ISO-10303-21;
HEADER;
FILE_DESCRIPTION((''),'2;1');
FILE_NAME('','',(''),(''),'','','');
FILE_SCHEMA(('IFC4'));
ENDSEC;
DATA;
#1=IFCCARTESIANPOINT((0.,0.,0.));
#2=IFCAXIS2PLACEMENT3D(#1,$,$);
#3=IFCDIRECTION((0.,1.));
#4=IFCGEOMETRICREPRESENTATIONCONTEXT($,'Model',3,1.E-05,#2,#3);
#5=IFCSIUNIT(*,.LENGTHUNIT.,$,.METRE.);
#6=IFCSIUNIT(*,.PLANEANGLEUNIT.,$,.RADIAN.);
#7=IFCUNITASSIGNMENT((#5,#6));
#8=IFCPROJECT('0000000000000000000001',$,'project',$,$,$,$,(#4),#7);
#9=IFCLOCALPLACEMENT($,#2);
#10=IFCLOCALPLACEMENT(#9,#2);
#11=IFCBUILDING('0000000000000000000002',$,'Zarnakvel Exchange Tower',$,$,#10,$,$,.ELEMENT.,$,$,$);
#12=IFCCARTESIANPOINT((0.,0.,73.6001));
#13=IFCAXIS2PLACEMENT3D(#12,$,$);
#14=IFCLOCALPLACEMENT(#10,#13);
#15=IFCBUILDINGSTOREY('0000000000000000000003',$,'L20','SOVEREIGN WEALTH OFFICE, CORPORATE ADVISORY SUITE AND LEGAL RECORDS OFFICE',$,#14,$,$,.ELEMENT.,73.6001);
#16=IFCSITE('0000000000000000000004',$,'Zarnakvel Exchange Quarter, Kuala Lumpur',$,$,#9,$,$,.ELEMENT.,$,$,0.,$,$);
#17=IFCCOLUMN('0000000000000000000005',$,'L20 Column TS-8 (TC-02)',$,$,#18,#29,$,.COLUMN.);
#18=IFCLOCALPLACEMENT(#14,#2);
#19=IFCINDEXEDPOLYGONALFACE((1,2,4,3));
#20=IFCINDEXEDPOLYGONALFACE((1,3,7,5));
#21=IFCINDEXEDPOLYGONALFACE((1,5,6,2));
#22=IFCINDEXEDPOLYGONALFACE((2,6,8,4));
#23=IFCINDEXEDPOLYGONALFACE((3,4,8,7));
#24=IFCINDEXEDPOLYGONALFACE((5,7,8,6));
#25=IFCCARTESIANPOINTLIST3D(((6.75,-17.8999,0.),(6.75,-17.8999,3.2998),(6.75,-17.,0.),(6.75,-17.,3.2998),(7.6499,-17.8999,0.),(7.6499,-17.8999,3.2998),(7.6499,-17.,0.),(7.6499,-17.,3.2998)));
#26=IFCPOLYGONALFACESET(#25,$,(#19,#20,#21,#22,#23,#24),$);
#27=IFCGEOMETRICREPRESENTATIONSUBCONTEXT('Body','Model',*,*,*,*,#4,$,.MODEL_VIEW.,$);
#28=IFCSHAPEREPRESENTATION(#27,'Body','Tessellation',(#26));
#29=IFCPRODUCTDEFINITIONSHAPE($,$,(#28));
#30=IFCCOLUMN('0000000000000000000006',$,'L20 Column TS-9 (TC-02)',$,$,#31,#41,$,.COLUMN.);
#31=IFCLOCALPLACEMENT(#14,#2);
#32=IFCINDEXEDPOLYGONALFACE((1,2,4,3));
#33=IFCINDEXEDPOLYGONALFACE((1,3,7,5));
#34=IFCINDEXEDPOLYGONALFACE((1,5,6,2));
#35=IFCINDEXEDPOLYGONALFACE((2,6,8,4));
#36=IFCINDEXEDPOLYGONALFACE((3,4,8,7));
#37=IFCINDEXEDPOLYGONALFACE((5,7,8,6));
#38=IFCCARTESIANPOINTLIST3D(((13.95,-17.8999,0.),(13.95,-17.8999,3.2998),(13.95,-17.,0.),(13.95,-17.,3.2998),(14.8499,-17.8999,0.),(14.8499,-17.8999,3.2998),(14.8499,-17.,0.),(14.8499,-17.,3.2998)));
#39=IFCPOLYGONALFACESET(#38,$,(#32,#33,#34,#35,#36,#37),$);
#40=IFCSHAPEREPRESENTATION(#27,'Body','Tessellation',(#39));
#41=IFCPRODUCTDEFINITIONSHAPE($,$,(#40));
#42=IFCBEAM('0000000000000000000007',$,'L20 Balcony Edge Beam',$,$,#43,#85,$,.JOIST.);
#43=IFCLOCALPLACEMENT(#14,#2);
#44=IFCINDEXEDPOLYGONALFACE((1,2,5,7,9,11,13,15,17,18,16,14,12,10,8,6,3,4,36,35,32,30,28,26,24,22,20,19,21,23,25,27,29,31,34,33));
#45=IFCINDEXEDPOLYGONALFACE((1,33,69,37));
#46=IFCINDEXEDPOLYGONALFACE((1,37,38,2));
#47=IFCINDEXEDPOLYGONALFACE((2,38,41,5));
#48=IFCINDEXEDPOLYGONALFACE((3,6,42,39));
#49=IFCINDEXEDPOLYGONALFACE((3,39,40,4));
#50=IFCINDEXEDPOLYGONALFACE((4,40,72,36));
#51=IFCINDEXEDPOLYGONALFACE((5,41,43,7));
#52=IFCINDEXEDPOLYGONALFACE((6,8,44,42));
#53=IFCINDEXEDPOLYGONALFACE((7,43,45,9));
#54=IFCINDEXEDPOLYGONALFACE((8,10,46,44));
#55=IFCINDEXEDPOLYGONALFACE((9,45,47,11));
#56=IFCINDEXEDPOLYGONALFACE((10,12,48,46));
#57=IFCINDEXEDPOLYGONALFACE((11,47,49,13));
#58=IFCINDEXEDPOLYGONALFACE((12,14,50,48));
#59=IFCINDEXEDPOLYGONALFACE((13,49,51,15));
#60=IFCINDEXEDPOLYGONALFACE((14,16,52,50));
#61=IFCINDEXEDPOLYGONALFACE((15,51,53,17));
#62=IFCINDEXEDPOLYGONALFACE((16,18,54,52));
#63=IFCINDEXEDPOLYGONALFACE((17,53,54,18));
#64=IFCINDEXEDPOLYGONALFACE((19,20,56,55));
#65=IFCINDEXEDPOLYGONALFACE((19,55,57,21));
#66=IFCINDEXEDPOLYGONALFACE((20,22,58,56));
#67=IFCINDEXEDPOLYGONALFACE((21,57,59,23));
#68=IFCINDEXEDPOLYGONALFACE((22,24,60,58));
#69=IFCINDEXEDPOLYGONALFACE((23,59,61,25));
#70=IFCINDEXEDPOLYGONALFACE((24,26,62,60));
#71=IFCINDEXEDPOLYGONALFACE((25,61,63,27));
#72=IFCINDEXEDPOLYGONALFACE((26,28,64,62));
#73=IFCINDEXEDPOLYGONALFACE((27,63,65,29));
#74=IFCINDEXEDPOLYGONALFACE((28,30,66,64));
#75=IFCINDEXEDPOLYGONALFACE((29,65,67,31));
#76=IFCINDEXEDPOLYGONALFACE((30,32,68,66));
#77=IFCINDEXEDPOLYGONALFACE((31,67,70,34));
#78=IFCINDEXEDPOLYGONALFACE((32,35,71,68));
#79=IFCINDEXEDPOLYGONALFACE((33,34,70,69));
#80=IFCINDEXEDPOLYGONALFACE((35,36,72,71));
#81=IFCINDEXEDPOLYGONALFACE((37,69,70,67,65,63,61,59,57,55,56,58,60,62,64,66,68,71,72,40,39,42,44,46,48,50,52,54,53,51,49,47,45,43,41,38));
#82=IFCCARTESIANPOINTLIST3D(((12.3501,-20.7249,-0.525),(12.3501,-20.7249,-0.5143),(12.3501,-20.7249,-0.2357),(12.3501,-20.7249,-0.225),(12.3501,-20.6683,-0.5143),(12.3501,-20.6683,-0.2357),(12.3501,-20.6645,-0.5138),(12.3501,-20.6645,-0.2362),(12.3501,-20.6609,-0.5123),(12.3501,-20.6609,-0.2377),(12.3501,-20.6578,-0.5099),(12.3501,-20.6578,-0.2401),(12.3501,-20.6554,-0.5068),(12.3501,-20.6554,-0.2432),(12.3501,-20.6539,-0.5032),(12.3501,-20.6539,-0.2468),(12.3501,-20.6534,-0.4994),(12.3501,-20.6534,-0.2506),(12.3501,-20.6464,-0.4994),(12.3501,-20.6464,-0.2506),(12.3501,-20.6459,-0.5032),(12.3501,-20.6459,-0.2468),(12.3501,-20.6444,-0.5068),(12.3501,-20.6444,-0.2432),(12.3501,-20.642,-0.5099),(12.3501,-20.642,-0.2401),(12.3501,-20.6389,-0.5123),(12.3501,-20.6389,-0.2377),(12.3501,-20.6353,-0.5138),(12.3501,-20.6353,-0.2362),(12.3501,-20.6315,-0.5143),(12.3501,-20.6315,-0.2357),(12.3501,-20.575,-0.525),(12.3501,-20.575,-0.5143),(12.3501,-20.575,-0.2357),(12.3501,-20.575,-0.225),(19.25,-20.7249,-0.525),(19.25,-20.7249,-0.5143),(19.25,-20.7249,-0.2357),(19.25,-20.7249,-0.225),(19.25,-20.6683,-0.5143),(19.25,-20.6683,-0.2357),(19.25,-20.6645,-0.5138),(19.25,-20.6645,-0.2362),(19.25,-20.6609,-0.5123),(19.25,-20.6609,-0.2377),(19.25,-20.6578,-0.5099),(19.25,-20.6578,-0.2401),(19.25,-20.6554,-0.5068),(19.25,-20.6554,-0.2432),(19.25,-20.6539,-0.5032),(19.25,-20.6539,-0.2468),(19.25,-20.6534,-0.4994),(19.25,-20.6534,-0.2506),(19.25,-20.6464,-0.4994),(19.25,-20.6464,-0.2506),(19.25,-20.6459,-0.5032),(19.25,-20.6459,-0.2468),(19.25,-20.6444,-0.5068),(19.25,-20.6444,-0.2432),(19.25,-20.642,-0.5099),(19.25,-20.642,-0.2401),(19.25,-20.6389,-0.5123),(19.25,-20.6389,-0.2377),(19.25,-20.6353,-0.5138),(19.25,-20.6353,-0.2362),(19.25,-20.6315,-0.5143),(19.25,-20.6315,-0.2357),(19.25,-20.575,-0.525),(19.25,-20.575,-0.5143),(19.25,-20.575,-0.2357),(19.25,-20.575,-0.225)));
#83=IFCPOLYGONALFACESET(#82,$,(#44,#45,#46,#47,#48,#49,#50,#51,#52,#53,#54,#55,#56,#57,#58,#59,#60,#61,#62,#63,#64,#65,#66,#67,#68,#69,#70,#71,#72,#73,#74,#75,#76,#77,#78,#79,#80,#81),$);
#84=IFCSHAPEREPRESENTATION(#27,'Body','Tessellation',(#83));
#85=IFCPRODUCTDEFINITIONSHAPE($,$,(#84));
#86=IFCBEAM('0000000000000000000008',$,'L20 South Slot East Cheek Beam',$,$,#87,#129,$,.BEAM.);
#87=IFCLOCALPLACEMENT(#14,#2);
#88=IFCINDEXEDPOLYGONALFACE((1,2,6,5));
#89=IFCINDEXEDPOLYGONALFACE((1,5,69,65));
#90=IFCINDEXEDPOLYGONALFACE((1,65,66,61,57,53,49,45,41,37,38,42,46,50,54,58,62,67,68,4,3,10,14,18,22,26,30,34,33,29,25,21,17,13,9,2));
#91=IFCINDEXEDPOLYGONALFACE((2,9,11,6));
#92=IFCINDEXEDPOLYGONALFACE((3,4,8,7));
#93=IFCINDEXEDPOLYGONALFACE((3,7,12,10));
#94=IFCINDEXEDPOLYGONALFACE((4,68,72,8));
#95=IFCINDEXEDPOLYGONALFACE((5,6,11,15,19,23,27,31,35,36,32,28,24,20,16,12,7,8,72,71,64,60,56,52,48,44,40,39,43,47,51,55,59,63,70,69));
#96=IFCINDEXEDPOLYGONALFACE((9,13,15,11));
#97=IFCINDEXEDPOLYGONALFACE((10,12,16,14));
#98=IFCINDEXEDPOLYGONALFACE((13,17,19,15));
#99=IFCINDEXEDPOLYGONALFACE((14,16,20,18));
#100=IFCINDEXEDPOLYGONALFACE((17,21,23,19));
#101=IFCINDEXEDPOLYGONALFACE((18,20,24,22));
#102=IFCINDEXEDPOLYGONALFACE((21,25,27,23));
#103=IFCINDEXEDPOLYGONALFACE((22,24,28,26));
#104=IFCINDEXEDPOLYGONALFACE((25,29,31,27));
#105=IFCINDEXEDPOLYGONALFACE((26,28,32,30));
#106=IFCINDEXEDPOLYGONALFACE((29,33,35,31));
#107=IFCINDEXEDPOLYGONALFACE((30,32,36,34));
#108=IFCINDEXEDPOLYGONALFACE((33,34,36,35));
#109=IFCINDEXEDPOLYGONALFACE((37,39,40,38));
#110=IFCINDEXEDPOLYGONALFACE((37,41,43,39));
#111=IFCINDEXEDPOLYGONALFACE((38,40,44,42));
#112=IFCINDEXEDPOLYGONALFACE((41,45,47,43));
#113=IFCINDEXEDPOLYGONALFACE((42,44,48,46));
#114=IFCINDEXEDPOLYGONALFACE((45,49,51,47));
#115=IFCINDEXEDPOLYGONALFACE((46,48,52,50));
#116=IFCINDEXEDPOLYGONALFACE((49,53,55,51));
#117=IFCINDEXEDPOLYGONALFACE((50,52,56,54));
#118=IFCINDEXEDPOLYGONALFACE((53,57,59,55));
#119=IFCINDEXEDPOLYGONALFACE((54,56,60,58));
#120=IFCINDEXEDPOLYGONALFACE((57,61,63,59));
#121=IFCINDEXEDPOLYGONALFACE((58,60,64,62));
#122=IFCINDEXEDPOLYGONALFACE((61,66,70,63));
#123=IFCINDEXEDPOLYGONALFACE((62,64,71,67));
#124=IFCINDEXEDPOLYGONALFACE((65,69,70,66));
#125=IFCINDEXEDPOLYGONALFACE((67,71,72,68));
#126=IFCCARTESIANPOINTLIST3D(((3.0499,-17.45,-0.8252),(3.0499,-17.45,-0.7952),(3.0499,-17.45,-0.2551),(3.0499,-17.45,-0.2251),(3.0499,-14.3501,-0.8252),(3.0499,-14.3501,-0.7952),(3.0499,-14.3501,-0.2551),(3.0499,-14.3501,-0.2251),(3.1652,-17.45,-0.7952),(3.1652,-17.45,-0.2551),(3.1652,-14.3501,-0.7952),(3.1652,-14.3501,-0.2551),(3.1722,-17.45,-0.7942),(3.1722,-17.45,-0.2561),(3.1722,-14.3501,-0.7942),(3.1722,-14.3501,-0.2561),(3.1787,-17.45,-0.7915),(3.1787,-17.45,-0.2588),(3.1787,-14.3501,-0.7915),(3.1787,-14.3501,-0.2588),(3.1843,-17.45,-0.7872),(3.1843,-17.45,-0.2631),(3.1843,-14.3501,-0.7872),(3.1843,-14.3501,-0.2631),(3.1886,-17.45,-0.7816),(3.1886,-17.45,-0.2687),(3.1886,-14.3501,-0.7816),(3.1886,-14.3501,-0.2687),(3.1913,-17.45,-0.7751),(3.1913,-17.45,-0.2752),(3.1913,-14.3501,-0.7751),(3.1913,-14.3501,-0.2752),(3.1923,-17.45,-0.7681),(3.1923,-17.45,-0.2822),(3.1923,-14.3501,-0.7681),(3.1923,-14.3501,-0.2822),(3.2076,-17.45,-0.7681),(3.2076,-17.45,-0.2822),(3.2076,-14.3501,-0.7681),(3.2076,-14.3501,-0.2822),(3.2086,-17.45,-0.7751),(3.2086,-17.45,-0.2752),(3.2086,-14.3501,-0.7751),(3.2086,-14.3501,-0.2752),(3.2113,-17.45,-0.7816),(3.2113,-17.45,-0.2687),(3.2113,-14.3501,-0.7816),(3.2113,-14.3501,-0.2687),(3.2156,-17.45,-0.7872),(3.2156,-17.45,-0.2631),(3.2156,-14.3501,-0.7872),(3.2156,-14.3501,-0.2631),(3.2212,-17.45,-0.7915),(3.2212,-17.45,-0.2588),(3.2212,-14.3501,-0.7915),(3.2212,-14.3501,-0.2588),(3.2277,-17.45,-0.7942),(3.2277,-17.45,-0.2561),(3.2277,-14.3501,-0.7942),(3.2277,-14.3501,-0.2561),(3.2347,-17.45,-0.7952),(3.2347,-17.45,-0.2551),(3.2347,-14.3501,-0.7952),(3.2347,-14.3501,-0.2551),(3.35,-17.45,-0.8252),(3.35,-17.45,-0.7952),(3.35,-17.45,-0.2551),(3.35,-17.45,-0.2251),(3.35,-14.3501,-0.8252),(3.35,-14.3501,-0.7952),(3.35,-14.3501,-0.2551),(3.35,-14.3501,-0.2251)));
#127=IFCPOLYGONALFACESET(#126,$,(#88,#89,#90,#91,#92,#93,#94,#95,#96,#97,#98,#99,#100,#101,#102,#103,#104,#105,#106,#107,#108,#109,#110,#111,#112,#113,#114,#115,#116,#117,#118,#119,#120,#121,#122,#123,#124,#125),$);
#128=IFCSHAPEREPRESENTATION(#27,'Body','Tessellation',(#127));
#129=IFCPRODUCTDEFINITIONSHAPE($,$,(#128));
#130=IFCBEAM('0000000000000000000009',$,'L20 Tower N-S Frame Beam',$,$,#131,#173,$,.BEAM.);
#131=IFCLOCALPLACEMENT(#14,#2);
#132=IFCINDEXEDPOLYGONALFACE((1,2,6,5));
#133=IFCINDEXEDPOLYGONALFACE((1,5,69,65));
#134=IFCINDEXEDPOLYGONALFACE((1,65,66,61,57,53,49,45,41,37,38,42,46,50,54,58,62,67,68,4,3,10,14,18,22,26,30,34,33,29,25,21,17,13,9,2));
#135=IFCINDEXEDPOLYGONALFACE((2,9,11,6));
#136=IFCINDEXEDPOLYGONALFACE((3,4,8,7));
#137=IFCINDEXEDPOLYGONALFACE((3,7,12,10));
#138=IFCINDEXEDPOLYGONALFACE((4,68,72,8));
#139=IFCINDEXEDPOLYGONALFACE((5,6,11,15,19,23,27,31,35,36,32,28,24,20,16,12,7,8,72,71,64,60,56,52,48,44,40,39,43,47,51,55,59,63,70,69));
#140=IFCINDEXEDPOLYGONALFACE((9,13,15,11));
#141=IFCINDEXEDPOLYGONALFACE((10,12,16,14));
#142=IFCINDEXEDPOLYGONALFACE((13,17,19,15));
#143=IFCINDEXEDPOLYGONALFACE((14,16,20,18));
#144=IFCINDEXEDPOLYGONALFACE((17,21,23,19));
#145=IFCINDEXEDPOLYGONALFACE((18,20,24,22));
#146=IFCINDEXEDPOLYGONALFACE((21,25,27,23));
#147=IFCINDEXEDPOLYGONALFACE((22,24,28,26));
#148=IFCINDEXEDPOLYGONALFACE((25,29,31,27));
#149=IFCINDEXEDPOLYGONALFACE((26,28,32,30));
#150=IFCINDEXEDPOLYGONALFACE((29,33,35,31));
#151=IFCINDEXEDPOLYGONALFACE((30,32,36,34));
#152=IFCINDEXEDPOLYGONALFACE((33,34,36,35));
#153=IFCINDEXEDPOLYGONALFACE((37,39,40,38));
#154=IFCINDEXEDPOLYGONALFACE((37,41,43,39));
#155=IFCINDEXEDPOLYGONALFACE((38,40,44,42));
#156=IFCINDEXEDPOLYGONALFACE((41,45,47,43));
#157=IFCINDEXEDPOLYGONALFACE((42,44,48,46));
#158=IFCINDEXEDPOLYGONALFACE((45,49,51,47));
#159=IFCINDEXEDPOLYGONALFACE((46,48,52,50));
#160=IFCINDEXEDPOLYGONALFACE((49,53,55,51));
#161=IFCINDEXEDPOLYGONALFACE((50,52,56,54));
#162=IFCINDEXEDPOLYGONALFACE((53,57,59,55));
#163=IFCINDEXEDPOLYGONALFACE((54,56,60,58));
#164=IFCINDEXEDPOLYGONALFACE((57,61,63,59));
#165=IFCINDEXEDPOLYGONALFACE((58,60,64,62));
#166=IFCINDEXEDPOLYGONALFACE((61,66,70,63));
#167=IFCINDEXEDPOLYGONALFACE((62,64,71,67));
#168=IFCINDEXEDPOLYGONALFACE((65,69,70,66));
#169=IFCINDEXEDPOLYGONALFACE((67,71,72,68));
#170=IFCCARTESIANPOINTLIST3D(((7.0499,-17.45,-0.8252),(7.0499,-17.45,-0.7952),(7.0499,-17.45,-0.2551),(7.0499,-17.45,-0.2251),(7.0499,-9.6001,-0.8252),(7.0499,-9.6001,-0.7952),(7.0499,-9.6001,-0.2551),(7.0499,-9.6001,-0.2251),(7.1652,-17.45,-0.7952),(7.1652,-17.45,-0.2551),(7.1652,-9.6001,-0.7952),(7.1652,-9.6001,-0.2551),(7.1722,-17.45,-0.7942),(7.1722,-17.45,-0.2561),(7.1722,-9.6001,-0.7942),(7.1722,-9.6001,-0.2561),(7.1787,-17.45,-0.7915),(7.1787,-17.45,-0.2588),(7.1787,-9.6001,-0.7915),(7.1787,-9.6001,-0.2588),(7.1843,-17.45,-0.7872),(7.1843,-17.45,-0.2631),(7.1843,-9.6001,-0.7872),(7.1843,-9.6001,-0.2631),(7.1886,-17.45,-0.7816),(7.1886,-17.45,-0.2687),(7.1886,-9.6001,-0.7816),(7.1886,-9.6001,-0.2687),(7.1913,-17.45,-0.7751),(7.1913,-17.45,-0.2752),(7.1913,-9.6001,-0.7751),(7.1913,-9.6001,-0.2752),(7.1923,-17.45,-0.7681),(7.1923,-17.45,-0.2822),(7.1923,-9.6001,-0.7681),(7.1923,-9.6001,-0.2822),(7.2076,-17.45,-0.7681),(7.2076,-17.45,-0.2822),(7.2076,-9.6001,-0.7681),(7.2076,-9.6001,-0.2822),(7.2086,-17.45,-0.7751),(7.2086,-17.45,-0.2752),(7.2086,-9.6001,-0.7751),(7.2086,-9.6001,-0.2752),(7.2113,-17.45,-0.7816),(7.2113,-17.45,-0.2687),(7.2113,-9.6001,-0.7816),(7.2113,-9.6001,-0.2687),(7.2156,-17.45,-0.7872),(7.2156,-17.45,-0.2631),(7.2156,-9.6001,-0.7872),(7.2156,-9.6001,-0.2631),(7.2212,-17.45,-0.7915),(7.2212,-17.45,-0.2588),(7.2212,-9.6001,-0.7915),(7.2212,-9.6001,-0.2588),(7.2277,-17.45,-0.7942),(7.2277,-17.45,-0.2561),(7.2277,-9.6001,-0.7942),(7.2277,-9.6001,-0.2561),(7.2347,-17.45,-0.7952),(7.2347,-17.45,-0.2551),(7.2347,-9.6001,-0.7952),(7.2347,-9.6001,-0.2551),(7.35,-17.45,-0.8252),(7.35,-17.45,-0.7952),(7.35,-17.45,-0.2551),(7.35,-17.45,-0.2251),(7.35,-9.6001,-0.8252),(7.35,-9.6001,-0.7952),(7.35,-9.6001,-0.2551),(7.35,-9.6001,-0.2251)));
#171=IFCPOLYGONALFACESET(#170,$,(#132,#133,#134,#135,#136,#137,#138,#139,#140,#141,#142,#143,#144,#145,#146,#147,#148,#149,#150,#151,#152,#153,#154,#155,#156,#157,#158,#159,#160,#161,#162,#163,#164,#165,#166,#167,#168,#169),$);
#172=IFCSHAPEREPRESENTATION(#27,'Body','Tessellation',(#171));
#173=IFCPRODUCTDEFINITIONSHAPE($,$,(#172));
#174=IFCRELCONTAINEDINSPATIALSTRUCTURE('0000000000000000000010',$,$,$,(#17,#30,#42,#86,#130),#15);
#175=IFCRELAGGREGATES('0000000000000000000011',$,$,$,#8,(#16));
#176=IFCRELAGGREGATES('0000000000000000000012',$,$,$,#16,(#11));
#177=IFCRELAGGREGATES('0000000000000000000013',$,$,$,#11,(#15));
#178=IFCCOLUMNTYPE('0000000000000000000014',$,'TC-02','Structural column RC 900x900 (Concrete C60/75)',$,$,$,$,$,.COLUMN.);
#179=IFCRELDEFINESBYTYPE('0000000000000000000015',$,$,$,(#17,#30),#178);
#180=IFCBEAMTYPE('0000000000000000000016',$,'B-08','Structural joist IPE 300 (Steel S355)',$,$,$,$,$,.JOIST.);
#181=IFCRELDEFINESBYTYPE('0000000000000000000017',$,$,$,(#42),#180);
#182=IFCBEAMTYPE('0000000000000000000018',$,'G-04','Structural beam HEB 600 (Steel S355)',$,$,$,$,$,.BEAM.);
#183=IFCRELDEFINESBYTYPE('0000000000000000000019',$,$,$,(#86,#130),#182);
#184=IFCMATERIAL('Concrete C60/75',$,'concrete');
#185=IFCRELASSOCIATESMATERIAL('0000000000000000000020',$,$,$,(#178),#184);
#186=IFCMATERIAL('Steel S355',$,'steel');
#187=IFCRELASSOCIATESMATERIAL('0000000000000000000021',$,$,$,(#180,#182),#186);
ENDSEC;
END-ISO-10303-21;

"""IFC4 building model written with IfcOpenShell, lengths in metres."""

from ifc_helpers import new_model, si_unit, direction, frame, origin, origin_2d, place, context, subcontext, project, spatial, rectangle, i_section, extrude, material, material_profile, profile_set, type_object, element, save


model = new_model("IFC4")

# Units and contexts
model_context = context("Model", 3, precision=1e-05, world=origin(), true_north=direction((0.0, 1.0)))
body_context = subcontext(model_context, "Body", "Model", "MODEL_VIEW")
ifc_project = project(units=[si_unit("LENGTHUNIT", "METRE"), si_unit("PLANEANGLEUNIT", "RADIAN")], contexts=[model_context])

# Site, building, storey
site_placement = place(None, origin())
site = spatial("IfcSite", under=ifc_project, at=site_placement, Name="Zarnakvel Exchange Quarter, Kuala Lumpur", CompositionType="ELEMENT", RefElevation=0.0)
building_placement = place(site_placement, origin())
building = spatial("IfcBuilding", under=site, at=building_placement, Name="Zarnakvel Exchange Tower", CompositionType="ELEMENT")
storey_placement = place(building_placement, frame((0.0, 0.0, 73.6001)))
storey = spatial("IfcBuildingStorey", under=building, at=storey_placement, Name="L20", Description="SOVEREIGN WEALTH OFFICE, CORPORATE ADVISORY SUITE AND LEGAL RECORDS OFFICE", CompositionType="ELEMENT", Elevation=73.6001)

# Columns
ifc_material_1 = material(Name="Concrete C60/75", Category="concrete")
ifc_material_profile_1 = material_profile(ifc_material_1, rectangle(XDim=0.8999, YDim=0.8999, at=origin_2d()))
ifc_profile_set_1 = profile_set([ifc_material_profile_1], Name="Concrete C60/75")
column_type = type_object("IfcColumnType", Name="TC-02", Description="Structural column RC 900x900 (Concrete C60/75)", PredefinedType="COLUMN", material=ifc_profile_set_1)
for number, where, z_axis, x_axis, name in (
    (1, (7.2, -17.45, 0.0), (0.0, 0.0, 1.0), (1.0, 0.0, 0.0), "L20 Column TS-8 (TC-02)"),
    (2, (14.3999, -17.45, 0.0), (0.0, 0.0, 1.0), (1.0, 0.0, 0.0), "L20 Column TS-9 (TC-02)"),
):
    element("IfcColumn", number, at=place(storey_placement, frame(where, z_axis=z_axis, x_axis=x_axis)), inside=storey, type_object=column_type, Name=name, PredefinedType="COLUMN", context=body_context, shape_type="SweptSolid", body=[
        extrude(rectangle(XDim=0.8999, YDim=0.8999, at=origin_2d()), origin(), (0.0, 0.0, 1.0), 3.2998),
    ])

# Beams
ifc_material_2 = material(Name="Steel S355", Category="steel")
ifc_material_profile_2 = material_profile(ifc_material_2, i_section(OverallWidth=0.1499, OverallDepth=0.3, WebThickness=0.0071, FlangeThickness=0.0107, FilletRadius=0.0149, at=origin_2d()))
ifc_profile_set_2 = profile_set([ifc_material_profile_2], Name="Steel S355")
beam_type_1 = type_object("IfcBeamType", Name="B-08", Description="Structural joist IPE 300 (Steel S355)", PredefinedType="JOIST", material=ifc_profile_set_2)
beam_1_placement = place(storey_placement, frame((12.3501, -20.6499, -0.375), z_axis=(1.0, 0.0, 0.0), x_axis=(0.0, 1.0, 0.0)))
element("IfcBeam", 3, at=beam_1_placement, inside=storey, type_object=beam_type_1, Name="L20 Balcony Edge Beam", PredefinedType="JOIST", context=body_context, shape_type="SweptSolid", body=[
    extrude(i_section(OverallWidth=0.1499, OverallDepth=0.3, WebThickness=0.0071, FlangeThickness=0.0107, FilletRadius=0.0149, at=origin_2d()), origin(), (0.0, 0.0, 1.0), 6.8999),
])
ifc_material_profile_3 = material_profile(ifc_material_2, i_section(OverallWidth=0.3, OverallDepth=0.6001, WebThickness=0.0154, FlangeThickness=0.03, FilletRadius=0.0271, at=origin_2d()))
ifc_profile_set_3 = profile_set([ifc_material_profile_3], Name="Steel S355")
beam_type_2 = type_object("IfcBeamType", Name="G-04", Description="Structural beam HEB 600 (Steel S355)", PredefinedType="BEAM", material=ifc_profile_set_3)
beam_2_placement = place(storey_placement, frame((3.2, -17.45, -0.5251), z_axis=(0.0, 1.0, 0.0), x_axis=(-1.0, 0.0, 0.0)))
element("IfcBeam", 4, at=beam_2_placement, inside=storey, type_object=beam_type_2, Name="L20 South Slot East Cheek Beam", PredefinedType="BEAM", context=body_context, shape_type="SweptSolid", body=[
    extrude(i_section(OverallWidth=0.3, OverallDepth=0.6001, WebThickness=0.0154, FlangeThickness=0.03, FilletRadius=0.0271, at=origin_2d()), origin(), (0.0, 0.0, 1.0), 3.0999),
])
for number, where, z_axis, x_axis, name in (
    (5, (7.2, -17.45, -0.5251), (0.0, 1.0, 0.0), (-1.0, 0.0, 0.0), "L20 Tower N-S Frame Beam"),
):
    element("IfcBeam", number, at=place(storey_placement, frame(where, z_axis=z_axis, x_axis=x_axis)), inside=storey, type_object=beam_type_2, Name=name, PredefinedType="BEAM", context=body_context, shape_type="SweptSolid", body=[
        extrude(i_section(OverallWidth=0.3, OverallDepth=0.6001, WebThickness=0.0154, FlangeThickness=0.03, FilletRadius=0.0271, at=origin_2d()), origin(), (0.0, 0.0, 1.0), 7.8499),
    ])

save(model, "model.ifc")
